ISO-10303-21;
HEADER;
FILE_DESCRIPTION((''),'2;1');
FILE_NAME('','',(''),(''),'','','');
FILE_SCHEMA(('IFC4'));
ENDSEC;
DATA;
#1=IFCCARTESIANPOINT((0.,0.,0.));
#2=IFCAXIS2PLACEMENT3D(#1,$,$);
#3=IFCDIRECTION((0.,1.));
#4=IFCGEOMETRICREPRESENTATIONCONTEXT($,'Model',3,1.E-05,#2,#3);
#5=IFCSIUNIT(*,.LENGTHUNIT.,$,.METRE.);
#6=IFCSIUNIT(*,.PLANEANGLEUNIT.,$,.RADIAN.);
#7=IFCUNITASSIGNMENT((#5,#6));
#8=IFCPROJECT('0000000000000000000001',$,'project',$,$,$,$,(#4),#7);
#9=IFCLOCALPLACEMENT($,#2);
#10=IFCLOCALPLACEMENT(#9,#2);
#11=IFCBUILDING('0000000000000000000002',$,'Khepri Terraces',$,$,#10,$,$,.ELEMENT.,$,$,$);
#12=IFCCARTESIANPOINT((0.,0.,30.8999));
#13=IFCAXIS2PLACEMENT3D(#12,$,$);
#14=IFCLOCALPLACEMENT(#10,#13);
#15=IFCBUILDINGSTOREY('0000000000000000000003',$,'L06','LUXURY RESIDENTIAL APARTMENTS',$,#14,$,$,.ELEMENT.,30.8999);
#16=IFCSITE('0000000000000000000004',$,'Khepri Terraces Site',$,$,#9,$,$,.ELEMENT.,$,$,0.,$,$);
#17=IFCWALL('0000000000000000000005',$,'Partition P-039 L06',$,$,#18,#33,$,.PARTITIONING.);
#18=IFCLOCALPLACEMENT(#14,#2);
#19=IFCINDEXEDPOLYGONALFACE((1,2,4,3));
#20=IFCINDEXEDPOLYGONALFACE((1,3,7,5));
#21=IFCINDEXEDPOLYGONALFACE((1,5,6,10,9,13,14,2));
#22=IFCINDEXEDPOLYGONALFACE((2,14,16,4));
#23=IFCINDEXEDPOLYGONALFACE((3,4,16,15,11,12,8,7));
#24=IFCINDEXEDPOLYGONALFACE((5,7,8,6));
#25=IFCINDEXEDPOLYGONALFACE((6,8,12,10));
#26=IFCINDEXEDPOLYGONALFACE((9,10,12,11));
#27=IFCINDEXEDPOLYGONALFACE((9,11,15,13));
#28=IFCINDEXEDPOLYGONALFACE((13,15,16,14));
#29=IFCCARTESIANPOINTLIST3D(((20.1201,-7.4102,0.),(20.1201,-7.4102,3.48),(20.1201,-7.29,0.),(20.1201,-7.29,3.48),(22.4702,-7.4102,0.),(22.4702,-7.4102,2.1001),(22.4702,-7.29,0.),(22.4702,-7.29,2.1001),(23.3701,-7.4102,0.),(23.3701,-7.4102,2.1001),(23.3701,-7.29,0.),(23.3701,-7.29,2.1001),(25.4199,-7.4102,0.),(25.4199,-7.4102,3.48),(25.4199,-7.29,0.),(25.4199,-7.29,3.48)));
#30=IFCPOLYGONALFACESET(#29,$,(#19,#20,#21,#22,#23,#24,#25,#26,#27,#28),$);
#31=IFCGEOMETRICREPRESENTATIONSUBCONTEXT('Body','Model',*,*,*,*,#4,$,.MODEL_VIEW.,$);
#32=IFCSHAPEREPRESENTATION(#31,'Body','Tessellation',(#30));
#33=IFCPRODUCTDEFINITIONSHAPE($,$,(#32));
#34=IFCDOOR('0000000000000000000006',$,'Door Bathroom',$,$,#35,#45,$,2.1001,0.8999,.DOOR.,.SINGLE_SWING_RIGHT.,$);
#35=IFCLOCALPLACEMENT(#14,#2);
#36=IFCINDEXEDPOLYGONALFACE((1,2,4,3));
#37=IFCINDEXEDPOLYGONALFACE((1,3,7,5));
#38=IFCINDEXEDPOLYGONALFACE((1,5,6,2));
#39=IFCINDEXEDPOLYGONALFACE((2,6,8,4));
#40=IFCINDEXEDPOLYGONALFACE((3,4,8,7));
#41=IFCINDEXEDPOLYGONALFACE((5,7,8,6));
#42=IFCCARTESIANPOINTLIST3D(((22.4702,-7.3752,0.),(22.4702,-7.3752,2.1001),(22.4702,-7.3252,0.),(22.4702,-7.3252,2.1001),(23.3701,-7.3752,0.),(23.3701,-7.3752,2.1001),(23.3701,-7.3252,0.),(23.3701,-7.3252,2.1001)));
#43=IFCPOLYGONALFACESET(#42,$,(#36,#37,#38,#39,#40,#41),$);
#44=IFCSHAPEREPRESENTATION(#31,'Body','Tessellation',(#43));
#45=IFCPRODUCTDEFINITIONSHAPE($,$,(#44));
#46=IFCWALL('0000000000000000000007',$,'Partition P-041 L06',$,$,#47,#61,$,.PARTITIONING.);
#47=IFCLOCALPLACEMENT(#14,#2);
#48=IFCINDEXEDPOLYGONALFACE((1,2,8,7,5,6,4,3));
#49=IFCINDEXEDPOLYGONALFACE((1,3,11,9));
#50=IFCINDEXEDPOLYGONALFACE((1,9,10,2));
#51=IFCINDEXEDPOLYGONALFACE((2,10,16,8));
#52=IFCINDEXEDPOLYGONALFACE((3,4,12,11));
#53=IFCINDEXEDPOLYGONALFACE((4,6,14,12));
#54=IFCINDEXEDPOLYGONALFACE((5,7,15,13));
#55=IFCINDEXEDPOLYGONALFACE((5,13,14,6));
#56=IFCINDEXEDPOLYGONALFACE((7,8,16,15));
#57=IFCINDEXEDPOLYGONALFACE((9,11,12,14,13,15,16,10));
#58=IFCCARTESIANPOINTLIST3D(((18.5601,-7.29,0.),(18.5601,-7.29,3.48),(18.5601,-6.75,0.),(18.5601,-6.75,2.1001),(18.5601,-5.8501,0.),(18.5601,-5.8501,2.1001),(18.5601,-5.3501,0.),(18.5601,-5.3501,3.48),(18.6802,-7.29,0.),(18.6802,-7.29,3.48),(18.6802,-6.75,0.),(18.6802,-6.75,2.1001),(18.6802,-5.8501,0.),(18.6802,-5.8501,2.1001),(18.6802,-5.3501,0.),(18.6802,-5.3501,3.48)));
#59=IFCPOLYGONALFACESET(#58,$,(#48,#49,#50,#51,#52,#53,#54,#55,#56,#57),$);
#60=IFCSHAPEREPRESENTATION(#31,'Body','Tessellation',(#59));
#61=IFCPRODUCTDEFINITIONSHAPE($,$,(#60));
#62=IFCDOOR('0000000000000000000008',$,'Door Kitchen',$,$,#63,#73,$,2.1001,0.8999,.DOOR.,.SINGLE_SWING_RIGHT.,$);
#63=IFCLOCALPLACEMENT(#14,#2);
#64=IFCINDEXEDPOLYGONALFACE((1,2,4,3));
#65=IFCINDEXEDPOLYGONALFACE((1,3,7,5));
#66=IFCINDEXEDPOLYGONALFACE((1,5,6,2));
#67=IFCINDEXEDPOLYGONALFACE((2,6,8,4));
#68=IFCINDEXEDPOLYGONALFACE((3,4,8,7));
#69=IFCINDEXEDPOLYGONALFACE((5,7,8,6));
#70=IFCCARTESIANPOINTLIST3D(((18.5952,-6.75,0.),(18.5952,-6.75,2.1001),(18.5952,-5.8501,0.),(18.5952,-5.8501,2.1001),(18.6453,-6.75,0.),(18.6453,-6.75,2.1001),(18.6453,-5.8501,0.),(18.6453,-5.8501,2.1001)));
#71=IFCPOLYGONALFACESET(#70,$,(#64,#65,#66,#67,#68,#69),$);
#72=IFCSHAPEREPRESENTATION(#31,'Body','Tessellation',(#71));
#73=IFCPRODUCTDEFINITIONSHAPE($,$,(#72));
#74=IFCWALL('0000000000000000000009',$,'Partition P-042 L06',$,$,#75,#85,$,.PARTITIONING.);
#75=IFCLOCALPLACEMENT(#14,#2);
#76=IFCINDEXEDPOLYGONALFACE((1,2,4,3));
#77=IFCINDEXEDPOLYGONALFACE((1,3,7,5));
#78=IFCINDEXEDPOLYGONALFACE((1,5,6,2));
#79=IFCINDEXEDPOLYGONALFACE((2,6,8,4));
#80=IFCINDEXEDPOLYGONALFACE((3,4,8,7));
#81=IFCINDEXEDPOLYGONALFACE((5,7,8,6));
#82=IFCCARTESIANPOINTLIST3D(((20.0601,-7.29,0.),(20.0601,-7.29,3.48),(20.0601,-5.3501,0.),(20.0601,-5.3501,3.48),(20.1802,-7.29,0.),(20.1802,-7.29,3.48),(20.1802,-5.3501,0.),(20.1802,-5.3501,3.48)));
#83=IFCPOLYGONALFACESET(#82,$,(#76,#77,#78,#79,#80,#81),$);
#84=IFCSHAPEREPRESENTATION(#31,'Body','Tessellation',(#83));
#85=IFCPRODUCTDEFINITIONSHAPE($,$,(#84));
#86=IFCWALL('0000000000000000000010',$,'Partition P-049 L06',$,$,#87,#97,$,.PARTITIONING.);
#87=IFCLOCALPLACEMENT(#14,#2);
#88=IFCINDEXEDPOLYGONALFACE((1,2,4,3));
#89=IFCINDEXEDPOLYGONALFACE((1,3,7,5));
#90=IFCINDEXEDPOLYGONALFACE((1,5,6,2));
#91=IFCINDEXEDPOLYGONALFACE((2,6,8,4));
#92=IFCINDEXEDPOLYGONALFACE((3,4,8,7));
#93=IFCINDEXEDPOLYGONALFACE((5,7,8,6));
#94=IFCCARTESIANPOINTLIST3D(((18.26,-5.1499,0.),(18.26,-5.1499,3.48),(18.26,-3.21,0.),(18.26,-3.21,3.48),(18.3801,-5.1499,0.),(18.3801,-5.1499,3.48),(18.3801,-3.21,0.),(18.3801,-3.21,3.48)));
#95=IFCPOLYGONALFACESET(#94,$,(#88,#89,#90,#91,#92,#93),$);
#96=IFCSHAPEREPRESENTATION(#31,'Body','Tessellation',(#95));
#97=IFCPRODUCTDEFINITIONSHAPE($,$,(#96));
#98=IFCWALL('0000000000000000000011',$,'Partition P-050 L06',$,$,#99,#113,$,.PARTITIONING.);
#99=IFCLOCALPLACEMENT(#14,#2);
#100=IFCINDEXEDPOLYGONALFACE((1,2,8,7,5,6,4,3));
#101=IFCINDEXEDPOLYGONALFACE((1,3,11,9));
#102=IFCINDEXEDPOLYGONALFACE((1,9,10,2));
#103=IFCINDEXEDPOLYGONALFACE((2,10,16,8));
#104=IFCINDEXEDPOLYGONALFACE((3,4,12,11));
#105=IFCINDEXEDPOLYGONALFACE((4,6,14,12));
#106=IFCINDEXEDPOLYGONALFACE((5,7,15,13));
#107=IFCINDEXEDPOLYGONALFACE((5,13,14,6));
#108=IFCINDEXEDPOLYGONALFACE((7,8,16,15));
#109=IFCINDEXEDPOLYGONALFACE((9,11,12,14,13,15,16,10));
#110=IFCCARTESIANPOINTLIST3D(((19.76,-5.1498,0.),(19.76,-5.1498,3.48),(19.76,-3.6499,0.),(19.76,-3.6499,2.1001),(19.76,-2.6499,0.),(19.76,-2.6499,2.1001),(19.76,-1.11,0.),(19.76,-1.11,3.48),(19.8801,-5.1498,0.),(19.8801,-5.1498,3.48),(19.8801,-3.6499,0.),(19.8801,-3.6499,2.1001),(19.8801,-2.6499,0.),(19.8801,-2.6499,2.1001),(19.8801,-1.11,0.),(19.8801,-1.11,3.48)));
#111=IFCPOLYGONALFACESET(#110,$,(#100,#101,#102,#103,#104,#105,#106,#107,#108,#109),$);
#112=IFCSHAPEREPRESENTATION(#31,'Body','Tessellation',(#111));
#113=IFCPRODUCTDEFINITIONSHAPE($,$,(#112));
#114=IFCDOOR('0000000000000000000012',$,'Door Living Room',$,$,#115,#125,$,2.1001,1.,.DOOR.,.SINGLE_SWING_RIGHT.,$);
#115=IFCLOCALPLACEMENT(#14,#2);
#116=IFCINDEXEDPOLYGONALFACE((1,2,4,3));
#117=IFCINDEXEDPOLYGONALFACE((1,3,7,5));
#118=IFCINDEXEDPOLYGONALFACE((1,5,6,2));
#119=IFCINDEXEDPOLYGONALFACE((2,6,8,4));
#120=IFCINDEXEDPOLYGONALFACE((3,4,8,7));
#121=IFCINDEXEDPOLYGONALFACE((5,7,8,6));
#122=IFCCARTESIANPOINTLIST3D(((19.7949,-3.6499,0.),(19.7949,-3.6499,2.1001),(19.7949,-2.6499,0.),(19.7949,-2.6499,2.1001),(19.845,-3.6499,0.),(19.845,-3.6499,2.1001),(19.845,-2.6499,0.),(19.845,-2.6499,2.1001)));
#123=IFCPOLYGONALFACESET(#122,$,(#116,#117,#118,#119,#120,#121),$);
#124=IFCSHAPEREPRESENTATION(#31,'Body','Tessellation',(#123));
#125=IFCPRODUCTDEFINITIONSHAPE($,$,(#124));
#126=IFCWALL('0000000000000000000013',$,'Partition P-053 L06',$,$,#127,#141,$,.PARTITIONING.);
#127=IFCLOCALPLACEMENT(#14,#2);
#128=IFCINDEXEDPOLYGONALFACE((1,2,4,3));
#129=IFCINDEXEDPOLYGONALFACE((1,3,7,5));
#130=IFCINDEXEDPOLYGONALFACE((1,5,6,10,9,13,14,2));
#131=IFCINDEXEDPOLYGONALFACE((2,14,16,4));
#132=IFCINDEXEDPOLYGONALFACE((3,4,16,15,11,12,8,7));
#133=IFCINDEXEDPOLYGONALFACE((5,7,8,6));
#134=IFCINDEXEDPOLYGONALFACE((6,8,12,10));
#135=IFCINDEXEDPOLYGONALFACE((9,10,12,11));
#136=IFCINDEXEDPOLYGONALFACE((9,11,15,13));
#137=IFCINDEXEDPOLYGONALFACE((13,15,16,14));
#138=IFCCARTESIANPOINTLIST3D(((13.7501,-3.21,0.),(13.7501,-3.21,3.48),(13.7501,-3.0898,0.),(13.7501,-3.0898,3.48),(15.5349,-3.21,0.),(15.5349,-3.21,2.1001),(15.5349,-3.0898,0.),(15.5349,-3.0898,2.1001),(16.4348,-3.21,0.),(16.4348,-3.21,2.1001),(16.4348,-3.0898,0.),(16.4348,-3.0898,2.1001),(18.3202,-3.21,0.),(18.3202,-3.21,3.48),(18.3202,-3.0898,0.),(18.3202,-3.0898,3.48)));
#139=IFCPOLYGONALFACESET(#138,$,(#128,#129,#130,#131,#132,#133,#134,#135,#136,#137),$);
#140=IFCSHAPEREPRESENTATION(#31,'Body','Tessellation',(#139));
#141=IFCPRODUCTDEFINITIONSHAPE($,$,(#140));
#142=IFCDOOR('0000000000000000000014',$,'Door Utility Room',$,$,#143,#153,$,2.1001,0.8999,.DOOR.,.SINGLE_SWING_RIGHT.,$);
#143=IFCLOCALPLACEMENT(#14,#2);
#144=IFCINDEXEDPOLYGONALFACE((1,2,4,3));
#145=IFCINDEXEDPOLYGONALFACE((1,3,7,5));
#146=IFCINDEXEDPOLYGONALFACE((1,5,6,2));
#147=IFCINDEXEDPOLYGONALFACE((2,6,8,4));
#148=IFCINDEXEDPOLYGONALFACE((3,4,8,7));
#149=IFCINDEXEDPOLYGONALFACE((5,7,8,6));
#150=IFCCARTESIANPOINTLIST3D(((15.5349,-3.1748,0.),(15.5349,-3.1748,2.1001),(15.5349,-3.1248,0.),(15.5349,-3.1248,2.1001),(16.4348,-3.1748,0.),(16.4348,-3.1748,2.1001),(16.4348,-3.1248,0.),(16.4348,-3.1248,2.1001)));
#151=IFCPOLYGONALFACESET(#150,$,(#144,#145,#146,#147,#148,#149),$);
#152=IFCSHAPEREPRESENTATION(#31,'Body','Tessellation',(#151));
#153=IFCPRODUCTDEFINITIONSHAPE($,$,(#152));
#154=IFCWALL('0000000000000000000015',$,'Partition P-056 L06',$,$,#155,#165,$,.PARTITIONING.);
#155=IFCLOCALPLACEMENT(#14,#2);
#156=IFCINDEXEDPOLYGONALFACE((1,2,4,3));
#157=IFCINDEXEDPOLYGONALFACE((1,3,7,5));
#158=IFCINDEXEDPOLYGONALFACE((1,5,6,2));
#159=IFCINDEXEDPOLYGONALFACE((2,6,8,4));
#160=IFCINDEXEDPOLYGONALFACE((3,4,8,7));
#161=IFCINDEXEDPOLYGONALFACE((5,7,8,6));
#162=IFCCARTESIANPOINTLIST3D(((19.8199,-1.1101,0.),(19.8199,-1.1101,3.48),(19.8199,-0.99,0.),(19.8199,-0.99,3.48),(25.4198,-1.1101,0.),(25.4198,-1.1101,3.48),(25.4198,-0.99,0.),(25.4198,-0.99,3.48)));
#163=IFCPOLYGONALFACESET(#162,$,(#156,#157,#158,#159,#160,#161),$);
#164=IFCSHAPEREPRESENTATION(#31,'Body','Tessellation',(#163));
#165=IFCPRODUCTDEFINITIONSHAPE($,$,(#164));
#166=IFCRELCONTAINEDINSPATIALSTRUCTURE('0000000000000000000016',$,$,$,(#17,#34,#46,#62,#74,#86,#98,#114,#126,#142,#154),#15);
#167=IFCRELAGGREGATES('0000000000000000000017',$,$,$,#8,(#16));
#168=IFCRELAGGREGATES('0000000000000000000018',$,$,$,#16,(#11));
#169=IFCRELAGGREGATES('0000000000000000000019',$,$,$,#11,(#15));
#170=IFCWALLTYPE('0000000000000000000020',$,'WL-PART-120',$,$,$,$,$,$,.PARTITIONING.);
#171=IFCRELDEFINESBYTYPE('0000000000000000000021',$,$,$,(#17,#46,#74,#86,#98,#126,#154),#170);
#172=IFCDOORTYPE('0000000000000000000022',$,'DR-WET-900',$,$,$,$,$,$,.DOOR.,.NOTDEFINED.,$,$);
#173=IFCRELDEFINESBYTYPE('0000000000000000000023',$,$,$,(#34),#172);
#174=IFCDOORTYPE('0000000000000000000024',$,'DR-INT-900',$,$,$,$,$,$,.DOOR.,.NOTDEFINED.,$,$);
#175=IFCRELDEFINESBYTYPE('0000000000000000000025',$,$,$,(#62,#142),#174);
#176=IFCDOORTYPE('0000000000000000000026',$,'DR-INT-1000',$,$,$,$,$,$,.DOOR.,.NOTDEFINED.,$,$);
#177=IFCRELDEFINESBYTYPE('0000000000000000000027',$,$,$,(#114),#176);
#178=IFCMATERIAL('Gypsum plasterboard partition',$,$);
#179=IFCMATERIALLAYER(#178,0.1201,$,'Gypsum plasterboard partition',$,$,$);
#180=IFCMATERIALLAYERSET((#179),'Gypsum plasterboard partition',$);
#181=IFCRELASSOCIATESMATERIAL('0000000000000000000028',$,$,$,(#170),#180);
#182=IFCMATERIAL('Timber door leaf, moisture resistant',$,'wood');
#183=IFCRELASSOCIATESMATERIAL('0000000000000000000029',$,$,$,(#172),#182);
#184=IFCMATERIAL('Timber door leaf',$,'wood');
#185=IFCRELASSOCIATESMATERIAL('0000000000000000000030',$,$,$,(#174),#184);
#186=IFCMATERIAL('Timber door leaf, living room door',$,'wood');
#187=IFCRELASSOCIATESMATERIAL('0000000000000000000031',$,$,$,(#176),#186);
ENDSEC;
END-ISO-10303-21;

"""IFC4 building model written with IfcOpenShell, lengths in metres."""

from ifc_helpers import new_model, si_unit, direction, frame, frame_2d, origin, place, context, subcontext, project, spatial, rectangle, extrude, material, layer, layer_set, type_object, element, fill, save


model = new_model("IFC4")

# Units and contexts
model_context = context("Model", 3, precision=1e-05, world=origin(), true_north=direction((0.0, 1.0)))
body_context = subcontext(model_context, "Body", "Model", "MODEL_VIEW")
ifc_project = project(units=[si_unit("LENGTHUNIT", "METRE"), si_unit("PLANEANGLEUNIT", "RADIAN")], contexts=[model_context])

# Site, building, storey
site_placement = place(None, origin())
site = spatial("IfcSite", under=ifc_project, at=site_placement, Name="Khepri Terraces Site", CompositionType="ELEMENT", RefElevation=0.0)
building_placement = place(site_placement, origin())
building = spatial("IfcBuilding", under=site, at=building_placement, Name="Khepri Terraces", CompositionType="ELEMENT")
storey_placement = place(building_placement, frame((0.0, 0.0, 30.8999)))
storey = spatial("IfcBuildingStorey", under=building, at=storey_placement, Name="L06", Description="LUXURY RESIDENTIAL APARTMENTS", CompositionType="ELEMENT", Elevation=30.8999)

# Shared definitions
ifc_material_1 = material(Name="Gypsum plasterboard partition")
ifc_layer_1 = layer(ifc_material_1, 0.1201, Name="Gypsum plasterboard partition")
ifc_layer_set_1 = layer_set([ifc_layer_1], Name="Gypsum plasterboard partition")
wall_type_1 = type_object("IfcWallType", Name="WL-PART-120", PredefinedType="PARTITIONING", material=ifc_layer_set_1)
ifc_material_2 = material(Name="Timber door leaf, moisture resistant", Category="wood")
door_type_1 = type_object("IfcDoorType", Name="DR-WET-900", OperationType="NOTDEFINED", PredefinedType="DOOR", material=ifc_material_2)
ifc_material_3 = material(Name="Timber door leaf", Category="wood")
door_type_2 = type_object("IfcDoorType", Name="DR-INT-900", OperationType="NOTDEFINED", PredefinedType="DOOR", material=ifc_material_3)

# Walls, openings, doors
wall_1_placement = place(storey_placement, frame((20.1201, -7.3501, 0.0), z_axis=(0.0, 0.0, 1.0), x_axis=(1.0, 0.0, 0.0)))
wall_1 = element("IfcWall", 1, at=wall_1_placement, inside=storey, type_object=wall_type_1, Name="Partition P-039 L06", PredefinedType="PARTITIONING", context=body_context, shape_type="SweptSolid", body=[
    extrude(rectangle(XDim=5.2998, YDim=0.1201, at=frame_2d((2.6499, 0.0))), origin(), (0.0, 0.0, 1.0), 3.48),
])
opening_1_placement = place(wall_1_placement, frame((2.3501, 0.0, 0.0)))
opening_1 = element("IfcOpeningElement", 2, at=opening_1_placement, cuts=wall_1, PredefinedType="OPENING", context=body_context, shape_type="SweptSolid", body=[
    extrude(rectangle(XDim=0.8999, YDim=2.1001, at=frame_2d((0.45, 1.05))), frame((0.0, 0.0701, 0.0), z_axis=(0.0, -1.0, 0.0), x_axis=(1.0, 0.0, 0.0)), (0.0, 0.0, 1.0), 0.1401),
])
door_1_placement = place(opening_1_placement, origin())
door_1 = element("IfcDoor", 3, at=door_1_placement, inside=storey, type_object=door_type_1, Name="Door Bathroom", OperationType="SINGLE_SWING_RIGHT", OverallHeight=2.1001, OverallWidth=0.8999, PredefinedType="DOOR", context=body_context, shape_type="SweptSolid", body=[
    extrude(rectangle(XDim=0.8999, YDim=2.1001, at=frame_2d((0.45, 1.05))), frame((0.0, 0.0249, 0.0), z_axis=(0.0, -1.0, 0.0), x_axis=(1.0, 0.0, 0.0)), (0.0, 0.0, 1.0), 0.05),
])
fill(opening_1, door_1)
wall_2_placement = place(storey_placement, frame((18.6201, -7.29, 0.0), z_axis=(0.0, 0.0, 1.0), x_axis=(0.0, 1.0, 0.0)))
wall_2 = element("IfcWall", 4, at=wall_2_placement, inside=storey, type_object=wall_type_1, Name="Partition P-041 L06", PredefinedType="PARTITIONING", context=body_context, shape_type="SweptSolid", body=[
    extrude(rectangle(XDim=1.9399, YDim=0.1201, at=frame_2d((0.97, 0.0))), origin(), (0.0, 0.0, 1.0), 3.48),
])
opening_2_placement = place(wall_2_placement, frame((0.54, 0.0, 0.0)))
opening_2 = element("IfcOpeningElement", 5, at=opening_2_placement, cuts=wall_2, PredefinedType="OPENING", context=body_context, shape_type="SweptSolid", body=[
    extrude(rectangle(XDim=0.8999, YDim=2.1001, at=frame_2d((0.45, 1.05))), frame((0.0, 0.0701, 0.0), z_axis=(0.0, -1.0, 0.0), x_axis=(1.0, 0.0, 0.0)), (0.0, 0.0, 1.0), 0.1401),
])
door_2_placement = place(opening_2_placement, origin())
door_2 = element("IfcDoor", 6, at=door_2_placement, inside=storey, type_object=door_type_2, Name="Door Kitchen", OperationType="SINGLE_SWING_RIGHT", OverallHeight=2.1001, OverallWidth=0.8999, PredefinedType="DOOR", context=body_context, shape_type="SweptSolid", body=[
    extrude(rectangle(XDim=0.8999, YDim=2.1001, at=frame_2d((0.45, 1.05))), frame((0.0, 0.0249, 0.0), z_axis=(0.0, -1.0, 0.0), x_axis=(1.0, 0.0, 0.0)), (0.0, 0.0, 1.0), 0.05),
])
fill(opening_2, door_2)

# Walls
for number, where, z_axis, x_axis, name in (
    (7, (20.1201, -7.29, 0.0), (0.0, 0.0, 1.0), (0.0, 1.0, 0.0), "Partition P-042 L06"),
    (8, (18.3201, -5.1499, 0.0), (0.0, 0.0, 1.0), (0.0, 1.0, 0.0), "Partition P-049 L06"),
):
    element("IfcWall", number, at=place(storey_placement, frame(where, z_axis=z_axis, x_axis=x_axis)), inside=storey, type_object=wall_type_1, Name=name, PredefinedType="PARTITIONING", context=body_context, shape_type="SweptSolid", body=[
        extrude(rectangle(XDim=1.9399, YDim=0.1201, at=frame_2d((0.97, 0.0))), origin(), (0.0, 0.0, 1.0), 3.48),
    ])

# Walls, openings, doors
wall_3_placement = place(storey_placement, frame((19.8201, -5.1499, 0.0), z_axis=(0.0, 0.0, 1.0), x_axis=(0.0, 1.0, 0.0)))
wall_3 = element("IfcWall", 9, at=wall_3_placement, inside=storey, type_object=wall_type_1, Name="Partition P-050 L06", PredefinedType="PARTITIONING", context=body_context, shape_type="SweptSolid", body=[
    extrude(rectangle(XDim=4.0398, YDim=0.1201, at=frame_2d((2.02, 0.0))), origin(), (0.0, 0.0, 1.0), 3.48),
])
opening_3_placement = place(wall_3_placement, frame((1.5, 0.0, 0.0)))
opening_3 = element("IfcOpeningElement", 10, at=opening_3_placement, cuts=wall_3, PredefinedType="OPENING", context=body_context, shape_type="SweptSolid", body=[
    extrude(rectangle(XDim=1.0, YDim=2.1001, at=frame_2d((0.5, 1.05))), frame((0.0, 0.0701, 0.0), z_axis=(0.0, -1.0, 0.0), x_axis=(1.0, 0.0, 0.0)), (0.0, 0.0, 1.0), 0.1401),
])
ifc_material_4 = material(Name="Timber door leaf, living room door", Category="wood")
door_type_3 = type_object("IfcDoorType", Name="DR-INT-1000", OperationType="NOTDEFINED", PredefinedType="DOOR", material=ifc_material_4)
door_3_placement = place(opening_3_placement, frame((1.0, 0.0, 0.0), z_axis=(0.0, 0.0, 1.0), x_axis=(-1.0, 0.0, 0.0)))
door_3 = element("IfcDoor", 11, at=door_3_placement, inside=storey, type_object=door_type_3, Name="Door Living Room", OperationType="SINGLE_SWING_RIGHT", OverallHeight=2.1001, OverallWidth=1.0, PredefinedType="DOOR", context=body_context, shape_type="SweptSolid", body=[
    extrude(rectangle(XDim=1.0, YDim=2.1001, at=frame_2d((0.5, 1.05))), frame((0.0, 0.0249, 0.0), z_axis=(0.0, -1.0, 0.0), x_axis=(1.0, 0.0, 0.0)), (0.0, 0.0, 1.0), 0.05),
])
fill(opening_3, door_3)
wall_4_placement = place(storey_placement, frame((13.75, -3.1499, 0.0), z_axis=(0.0, 0.0, 1.0), x_axis=(1.0, 0.0, 0.0)))
wall_4 = element("IfcWall", 12, at=wall_4_placement, inside=storey, type_object=wall_type_1, Name="Partition P-053 L06", PredefinedType="PARTITIONING", context=body_context, shape_type="SweptSolid", body=[
    extrude(rectangle(XDim=4.5701, YDim=0.1201, at=frame_2d((2.2852, 0.0))), origin(), (0.0, 0.0, 1.0), 3.48),
])
opening_4_placement = place(wall_4_placement, frame((1.7849, 0.0, 0.0)))
opening_4 = element("IfcOpeningElement", 13, at=opening_4_placement, cuts=wall_4, PredefinedType="OPENING", context=body_context, shape_type="SweptSolid", body=[
    extrude(rectangle(XDim=0.8999, YDim=2.1001, at=frame_2d((0.45, 1.05))), frame((0.0, 0.0701, 0.0), z_axis=(0.0, -1.0, 0.0), x_axis=(1.0, 0.0, 0.0)), (0.0, 0.0, 1.0), 0.1401),
])
door_4_placement = place(opening_4_placement, frame((0.8999, 0.0, 0.0), z_axis=(0.0, 0.0, 1.0), x_axis=(-1.0, 0.0, 0.0)))
door_4 = element("IfcDoor", 14, at=door_4_placement, inside=storey, type_object=door_type_2, Name="Door Utility Room", OperationType="SINGLE_SWING_RIGHT", OverallHeight=2.1001, OverallWidth=0.8999, PredefinedType="DOOR", context=body_context, shape_type="SweptSolid", body=[
    extrude(rectangle(XDim=0.8999, YDim=2.1001, at=frame_2d((0.45, 1.05))), frame((0.0, 0.0249, 0.0), z_axis=(0.0, -1.0, 0.0), x_axis=(1.0, 0.0, 0.0)), (0.0, 0.0, 1.0), 0.05),
])
fill(opening_4, door_4)

# Wall
wall_5_placement = place(storey_placement, frame((19.8201, -1.05, 0.0), z_axis=(0.0, 0.0, 1.0), x_axis=(1.0, 0.0, 0.0)))
element("IfcWall", 15, at=wall_5_placement, inside=storey, type_object=wall_type_1, Name="Partition P-056 L06", PredefinedType="PARTITIONING", context=body_context, shape_type="SweptSolid", body=[
    extrude(rectangle(XDim=5.5999, YDim=0.1201, at=frame_2d((2.7998, 0.0))), origin(), (0.0, 0.0, 1.0), 3.48),
])

save(model, "model.ifc")
